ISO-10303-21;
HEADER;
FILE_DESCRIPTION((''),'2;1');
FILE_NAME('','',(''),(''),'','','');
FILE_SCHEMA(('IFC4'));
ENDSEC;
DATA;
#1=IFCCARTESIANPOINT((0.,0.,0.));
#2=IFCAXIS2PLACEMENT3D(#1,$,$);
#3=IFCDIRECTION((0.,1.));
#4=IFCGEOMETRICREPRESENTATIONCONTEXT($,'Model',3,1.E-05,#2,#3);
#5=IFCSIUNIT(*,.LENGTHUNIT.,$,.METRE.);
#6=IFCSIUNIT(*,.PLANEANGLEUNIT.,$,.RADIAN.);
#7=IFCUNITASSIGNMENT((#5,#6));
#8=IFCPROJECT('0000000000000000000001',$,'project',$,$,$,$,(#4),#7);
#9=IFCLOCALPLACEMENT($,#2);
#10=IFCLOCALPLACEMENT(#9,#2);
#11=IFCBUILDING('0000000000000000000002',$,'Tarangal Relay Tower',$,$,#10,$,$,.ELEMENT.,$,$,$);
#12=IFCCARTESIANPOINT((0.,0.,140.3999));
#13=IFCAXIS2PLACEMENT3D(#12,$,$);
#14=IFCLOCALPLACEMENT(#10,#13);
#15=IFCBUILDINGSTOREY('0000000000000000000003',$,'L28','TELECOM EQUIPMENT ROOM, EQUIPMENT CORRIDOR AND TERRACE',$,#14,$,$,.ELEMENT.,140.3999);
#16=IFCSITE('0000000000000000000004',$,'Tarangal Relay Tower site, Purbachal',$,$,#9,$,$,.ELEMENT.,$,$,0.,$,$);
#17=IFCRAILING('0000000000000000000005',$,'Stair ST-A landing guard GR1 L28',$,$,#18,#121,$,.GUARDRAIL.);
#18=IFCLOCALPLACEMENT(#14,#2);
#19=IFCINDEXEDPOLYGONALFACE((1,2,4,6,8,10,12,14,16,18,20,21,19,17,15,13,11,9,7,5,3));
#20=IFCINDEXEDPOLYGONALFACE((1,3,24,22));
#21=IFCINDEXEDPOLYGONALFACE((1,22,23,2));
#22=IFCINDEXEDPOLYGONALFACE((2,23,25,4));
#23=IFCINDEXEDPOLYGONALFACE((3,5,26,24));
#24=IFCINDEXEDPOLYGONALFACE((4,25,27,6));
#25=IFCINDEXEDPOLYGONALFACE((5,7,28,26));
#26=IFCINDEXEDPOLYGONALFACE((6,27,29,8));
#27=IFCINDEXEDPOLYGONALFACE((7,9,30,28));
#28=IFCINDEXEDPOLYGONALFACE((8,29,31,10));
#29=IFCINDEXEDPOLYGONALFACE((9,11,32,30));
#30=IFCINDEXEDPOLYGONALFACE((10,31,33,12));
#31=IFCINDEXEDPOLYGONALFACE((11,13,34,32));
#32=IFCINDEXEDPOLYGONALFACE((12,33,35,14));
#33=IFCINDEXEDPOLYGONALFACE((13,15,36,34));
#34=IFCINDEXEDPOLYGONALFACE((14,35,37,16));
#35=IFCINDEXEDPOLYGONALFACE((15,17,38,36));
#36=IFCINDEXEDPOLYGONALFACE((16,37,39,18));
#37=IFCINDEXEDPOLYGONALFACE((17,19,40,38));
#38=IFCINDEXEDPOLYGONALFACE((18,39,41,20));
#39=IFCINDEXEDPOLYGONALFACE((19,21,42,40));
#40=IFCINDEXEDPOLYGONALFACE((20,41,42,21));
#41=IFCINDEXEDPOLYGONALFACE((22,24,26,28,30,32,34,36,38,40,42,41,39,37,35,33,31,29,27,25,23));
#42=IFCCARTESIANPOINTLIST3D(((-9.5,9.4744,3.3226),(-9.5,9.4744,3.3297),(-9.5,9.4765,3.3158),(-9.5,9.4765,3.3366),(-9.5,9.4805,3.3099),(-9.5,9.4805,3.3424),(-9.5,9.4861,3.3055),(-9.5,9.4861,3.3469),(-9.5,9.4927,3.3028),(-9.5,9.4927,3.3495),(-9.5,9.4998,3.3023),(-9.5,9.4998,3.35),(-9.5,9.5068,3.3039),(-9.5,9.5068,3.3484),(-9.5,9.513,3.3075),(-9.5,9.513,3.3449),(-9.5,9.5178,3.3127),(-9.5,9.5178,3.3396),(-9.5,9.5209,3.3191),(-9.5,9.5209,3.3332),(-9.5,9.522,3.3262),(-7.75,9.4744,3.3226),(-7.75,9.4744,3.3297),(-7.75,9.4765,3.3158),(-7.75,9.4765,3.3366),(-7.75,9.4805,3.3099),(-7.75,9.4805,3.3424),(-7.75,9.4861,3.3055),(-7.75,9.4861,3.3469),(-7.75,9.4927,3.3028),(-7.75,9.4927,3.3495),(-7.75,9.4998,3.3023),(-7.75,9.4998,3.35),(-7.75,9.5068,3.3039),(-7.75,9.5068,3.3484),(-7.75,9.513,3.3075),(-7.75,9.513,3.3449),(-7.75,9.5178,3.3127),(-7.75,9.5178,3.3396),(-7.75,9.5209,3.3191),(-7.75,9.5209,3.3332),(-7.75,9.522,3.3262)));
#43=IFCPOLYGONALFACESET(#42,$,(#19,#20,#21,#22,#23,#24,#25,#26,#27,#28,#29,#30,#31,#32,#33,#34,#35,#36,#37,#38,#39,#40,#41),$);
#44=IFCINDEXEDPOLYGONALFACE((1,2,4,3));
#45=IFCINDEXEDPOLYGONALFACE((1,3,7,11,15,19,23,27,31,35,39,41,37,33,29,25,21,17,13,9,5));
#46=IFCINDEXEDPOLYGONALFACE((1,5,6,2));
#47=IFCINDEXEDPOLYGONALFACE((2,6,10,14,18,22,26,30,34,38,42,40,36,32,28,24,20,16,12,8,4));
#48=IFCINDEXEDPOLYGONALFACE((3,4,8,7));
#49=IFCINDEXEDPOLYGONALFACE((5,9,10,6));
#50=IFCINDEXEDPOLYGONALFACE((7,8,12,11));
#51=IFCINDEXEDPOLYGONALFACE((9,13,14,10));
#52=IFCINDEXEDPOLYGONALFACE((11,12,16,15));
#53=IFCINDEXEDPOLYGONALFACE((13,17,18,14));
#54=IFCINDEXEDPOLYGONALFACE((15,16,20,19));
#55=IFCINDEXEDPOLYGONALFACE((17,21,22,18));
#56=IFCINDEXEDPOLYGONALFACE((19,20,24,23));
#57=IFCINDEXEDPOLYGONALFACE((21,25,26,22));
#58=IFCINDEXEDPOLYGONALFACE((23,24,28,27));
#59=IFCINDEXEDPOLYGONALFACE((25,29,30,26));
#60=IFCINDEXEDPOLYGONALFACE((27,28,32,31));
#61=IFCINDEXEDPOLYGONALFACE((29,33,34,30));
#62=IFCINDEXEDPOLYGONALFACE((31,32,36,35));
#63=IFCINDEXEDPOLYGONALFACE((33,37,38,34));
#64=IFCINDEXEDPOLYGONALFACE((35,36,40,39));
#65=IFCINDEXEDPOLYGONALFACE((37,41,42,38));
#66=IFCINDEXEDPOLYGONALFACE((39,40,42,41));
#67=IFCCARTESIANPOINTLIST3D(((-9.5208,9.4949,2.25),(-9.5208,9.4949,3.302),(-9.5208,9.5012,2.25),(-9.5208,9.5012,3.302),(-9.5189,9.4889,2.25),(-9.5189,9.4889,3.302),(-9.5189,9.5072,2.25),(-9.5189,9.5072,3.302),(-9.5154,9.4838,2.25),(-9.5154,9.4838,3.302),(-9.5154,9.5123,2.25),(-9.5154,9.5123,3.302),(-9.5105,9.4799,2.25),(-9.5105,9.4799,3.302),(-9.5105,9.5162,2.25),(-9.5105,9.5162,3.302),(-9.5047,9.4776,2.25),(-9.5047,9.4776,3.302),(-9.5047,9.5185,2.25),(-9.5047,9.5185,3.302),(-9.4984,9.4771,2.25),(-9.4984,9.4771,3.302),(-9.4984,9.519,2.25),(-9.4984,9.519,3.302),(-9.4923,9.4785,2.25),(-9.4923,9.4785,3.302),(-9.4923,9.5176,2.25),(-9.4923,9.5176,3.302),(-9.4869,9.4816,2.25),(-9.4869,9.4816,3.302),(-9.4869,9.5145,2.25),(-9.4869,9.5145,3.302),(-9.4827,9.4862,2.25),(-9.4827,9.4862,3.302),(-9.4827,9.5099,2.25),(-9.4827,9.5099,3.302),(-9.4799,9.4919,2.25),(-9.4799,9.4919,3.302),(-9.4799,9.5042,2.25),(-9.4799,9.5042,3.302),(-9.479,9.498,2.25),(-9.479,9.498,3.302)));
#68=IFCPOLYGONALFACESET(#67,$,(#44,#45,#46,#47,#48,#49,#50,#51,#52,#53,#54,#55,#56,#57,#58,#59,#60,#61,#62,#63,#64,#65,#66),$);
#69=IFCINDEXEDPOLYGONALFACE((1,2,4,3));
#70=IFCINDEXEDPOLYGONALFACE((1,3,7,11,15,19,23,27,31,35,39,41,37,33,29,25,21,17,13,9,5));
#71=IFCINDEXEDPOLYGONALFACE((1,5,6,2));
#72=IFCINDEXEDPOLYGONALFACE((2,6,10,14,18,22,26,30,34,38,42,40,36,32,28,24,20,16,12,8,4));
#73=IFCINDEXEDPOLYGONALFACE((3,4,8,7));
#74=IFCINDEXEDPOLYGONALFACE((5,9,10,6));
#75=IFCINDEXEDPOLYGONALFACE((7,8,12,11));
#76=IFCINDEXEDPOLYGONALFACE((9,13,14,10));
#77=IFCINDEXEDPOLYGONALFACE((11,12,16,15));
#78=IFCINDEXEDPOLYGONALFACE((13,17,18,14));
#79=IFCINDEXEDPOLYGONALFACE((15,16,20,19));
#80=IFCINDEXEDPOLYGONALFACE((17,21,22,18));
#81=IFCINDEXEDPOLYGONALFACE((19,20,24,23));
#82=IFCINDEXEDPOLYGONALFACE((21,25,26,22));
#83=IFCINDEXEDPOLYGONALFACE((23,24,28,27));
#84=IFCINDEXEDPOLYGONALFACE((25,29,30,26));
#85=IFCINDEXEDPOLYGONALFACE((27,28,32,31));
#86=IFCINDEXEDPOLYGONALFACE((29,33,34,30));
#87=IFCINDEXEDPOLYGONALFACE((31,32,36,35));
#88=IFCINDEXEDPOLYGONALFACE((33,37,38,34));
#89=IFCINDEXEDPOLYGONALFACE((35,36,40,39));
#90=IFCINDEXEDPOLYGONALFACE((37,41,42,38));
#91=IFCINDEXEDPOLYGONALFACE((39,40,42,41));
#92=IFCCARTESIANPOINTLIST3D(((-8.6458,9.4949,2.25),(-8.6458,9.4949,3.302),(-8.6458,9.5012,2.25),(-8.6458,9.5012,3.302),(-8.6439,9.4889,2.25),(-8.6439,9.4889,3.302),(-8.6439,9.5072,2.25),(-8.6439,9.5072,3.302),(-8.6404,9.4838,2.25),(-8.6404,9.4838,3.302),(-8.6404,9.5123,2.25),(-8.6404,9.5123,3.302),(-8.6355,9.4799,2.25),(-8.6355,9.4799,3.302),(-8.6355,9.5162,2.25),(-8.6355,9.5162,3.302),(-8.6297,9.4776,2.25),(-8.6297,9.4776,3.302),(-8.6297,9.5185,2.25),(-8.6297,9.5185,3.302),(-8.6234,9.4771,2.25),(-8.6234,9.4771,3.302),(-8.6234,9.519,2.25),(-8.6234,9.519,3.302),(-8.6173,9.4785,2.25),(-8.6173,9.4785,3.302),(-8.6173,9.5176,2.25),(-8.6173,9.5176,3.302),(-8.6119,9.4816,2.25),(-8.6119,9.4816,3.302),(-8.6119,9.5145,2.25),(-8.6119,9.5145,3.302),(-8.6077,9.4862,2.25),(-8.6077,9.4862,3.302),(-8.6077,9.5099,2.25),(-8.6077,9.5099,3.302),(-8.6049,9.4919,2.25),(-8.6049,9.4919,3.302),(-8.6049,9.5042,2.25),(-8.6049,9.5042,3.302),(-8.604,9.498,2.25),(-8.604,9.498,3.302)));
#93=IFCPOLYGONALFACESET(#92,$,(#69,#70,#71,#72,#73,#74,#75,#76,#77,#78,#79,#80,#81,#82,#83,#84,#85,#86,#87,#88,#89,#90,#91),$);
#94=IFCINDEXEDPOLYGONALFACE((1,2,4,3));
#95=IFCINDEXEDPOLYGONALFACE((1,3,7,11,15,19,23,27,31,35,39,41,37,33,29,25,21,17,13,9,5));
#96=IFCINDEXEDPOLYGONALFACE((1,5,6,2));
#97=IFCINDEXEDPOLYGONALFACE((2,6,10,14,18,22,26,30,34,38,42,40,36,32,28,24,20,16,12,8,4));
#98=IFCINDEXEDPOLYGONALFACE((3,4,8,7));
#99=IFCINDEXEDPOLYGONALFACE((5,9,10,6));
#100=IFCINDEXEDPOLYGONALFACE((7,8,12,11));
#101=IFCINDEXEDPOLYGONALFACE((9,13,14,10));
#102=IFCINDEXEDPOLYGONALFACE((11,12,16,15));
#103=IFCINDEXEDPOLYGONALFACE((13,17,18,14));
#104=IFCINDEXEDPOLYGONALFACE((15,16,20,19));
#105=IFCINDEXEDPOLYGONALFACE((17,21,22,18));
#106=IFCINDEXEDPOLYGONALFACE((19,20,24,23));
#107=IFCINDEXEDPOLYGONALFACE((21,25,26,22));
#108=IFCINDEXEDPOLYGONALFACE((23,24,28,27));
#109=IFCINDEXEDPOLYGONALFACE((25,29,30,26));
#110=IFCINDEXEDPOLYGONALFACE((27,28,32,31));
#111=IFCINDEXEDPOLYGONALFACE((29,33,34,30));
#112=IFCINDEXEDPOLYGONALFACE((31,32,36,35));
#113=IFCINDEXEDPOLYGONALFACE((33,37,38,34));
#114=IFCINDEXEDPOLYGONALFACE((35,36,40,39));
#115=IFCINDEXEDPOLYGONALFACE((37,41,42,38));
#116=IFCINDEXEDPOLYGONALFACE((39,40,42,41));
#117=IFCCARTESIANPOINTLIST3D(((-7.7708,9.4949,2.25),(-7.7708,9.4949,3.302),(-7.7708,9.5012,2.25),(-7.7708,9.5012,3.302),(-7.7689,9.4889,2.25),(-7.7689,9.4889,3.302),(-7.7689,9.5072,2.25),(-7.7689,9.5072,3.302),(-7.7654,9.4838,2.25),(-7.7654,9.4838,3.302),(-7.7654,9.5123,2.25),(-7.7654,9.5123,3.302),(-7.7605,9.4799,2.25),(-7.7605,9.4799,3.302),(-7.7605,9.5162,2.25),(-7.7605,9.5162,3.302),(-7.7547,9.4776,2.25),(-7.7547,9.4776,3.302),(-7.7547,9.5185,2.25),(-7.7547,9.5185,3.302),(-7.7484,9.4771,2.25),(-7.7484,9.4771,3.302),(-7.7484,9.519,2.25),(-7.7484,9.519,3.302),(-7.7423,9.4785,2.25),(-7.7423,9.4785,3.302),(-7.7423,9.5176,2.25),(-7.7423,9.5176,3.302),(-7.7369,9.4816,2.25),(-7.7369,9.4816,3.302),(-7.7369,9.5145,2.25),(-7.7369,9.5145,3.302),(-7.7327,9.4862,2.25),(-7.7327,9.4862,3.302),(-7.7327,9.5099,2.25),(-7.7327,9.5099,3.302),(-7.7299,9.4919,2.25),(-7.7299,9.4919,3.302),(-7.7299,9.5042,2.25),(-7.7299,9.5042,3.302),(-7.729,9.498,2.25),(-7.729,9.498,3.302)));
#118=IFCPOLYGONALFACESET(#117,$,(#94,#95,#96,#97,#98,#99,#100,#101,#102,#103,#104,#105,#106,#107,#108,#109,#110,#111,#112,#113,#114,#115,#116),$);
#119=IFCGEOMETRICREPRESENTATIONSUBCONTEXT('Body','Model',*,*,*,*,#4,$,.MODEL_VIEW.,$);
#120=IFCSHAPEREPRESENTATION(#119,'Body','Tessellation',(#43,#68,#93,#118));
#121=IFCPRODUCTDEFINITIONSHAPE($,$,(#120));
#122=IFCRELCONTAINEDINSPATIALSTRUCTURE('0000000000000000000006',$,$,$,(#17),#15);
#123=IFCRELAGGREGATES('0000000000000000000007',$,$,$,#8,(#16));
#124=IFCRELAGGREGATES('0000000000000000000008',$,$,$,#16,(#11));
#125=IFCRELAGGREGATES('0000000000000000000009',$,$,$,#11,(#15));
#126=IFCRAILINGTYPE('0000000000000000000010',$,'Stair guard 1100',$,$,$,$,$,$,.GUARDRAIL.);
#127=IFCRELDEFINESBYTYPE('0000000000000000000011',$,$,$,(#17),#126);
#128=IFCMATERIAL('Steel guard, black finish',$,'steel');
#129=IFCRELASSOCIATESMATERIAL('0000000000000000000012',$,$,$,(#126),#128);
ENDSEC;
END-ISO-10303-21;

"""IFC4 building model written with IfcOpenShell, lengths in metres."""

from ifc_helpers import new_model, si_unit, direction, frame, origin, origin_2d, place, context, subcontext, project, spatial, circle, extrude, material, type_object, element, save


model = new_model("IFC4")

# Units and contexts
model_context = context("Model", 3, precision=1e-05, world=origin(), true_north=direction((0.0, 1.0)))
body_context = subcontext(model_context, "Body", "Model", "MODEL_VIEW")
ifc_project = project(units=[si_unit("LENGTHUNIT", "METRE"), si_unit("PLANEANGLEUNIT", "RADIAN")], contexts=[model_context])

# Site, building, storey
site_placement = place(None, origin())
site = spatial("IfcSite", under=ifc_project, at=site_placement, Name="Tarangal Relay Tower site, Purbachal", CompositionType="ELEMENT", RefElevation=0.0)
building_placement = place(site_placement, origin())
building = spatial("IfcBuilding", under=site, at=building_placement, Name="Tarangal Relay Tower", CompositionType="ELEMENT")
storey_placement = place(building_placement, frame((0.0, 0.0, 140.3999)))
storey = spatial("IfcBuildingStorey", under=building, at=storey_placement, Name="L28", Description="TELECOM EQUIPMENT ROOM, EQUIPMENT CORRIDOR AND TERRACE", CompositionType="ELEMENT", Elevation=140.3999)

# Railing
ifc_material_1 = material(Name="Steel guard, black finish", Category="steel")
railing_type_1 = type_object("IfcRailingType", Name="Stair guard 1100", PredefinedType="GUARDRAIL", material=ifc_material_1)
railing_1_placement = place(storey_placement, frame((-9.5, 9.498, 2.25)))
element("IfcRailing", 1, at=railing_1_placement, inside=storey, type_object=railing_type_1, Name="Stair ST-A landing guard GR1 L28", PredefinedType="GUARDRAIL", context=body_context, shape_type="SweptSolid", body=[
    extrude(circle(Radius=0.0239, at=origin_2d()), frame((0.0, 0.0, 1.0762), z_axis=(1.0, 0.0, 0.0), x_axis=(0.0, 1.0, 0.0)), (0.0, 0.0, 1.0), 1.75),
    extrude(circle(Radius=0.021, at=origin_2d()), origin(), (0.0, 0.0, 1.0), 1.052),
    extrude(circle(Radius=0.021, at=origin_2d()), frame((0.875, 0.0, 0.0)), (0.0, 0.0, 1.0), 1.052),
    extrude(circle(Radius=0.021, at=origin_2d()), frame((1.75, 0.0, 0.0)), (0.0, 0.0, 1.0), 1.052),
])

save(model, "model.ifc")
